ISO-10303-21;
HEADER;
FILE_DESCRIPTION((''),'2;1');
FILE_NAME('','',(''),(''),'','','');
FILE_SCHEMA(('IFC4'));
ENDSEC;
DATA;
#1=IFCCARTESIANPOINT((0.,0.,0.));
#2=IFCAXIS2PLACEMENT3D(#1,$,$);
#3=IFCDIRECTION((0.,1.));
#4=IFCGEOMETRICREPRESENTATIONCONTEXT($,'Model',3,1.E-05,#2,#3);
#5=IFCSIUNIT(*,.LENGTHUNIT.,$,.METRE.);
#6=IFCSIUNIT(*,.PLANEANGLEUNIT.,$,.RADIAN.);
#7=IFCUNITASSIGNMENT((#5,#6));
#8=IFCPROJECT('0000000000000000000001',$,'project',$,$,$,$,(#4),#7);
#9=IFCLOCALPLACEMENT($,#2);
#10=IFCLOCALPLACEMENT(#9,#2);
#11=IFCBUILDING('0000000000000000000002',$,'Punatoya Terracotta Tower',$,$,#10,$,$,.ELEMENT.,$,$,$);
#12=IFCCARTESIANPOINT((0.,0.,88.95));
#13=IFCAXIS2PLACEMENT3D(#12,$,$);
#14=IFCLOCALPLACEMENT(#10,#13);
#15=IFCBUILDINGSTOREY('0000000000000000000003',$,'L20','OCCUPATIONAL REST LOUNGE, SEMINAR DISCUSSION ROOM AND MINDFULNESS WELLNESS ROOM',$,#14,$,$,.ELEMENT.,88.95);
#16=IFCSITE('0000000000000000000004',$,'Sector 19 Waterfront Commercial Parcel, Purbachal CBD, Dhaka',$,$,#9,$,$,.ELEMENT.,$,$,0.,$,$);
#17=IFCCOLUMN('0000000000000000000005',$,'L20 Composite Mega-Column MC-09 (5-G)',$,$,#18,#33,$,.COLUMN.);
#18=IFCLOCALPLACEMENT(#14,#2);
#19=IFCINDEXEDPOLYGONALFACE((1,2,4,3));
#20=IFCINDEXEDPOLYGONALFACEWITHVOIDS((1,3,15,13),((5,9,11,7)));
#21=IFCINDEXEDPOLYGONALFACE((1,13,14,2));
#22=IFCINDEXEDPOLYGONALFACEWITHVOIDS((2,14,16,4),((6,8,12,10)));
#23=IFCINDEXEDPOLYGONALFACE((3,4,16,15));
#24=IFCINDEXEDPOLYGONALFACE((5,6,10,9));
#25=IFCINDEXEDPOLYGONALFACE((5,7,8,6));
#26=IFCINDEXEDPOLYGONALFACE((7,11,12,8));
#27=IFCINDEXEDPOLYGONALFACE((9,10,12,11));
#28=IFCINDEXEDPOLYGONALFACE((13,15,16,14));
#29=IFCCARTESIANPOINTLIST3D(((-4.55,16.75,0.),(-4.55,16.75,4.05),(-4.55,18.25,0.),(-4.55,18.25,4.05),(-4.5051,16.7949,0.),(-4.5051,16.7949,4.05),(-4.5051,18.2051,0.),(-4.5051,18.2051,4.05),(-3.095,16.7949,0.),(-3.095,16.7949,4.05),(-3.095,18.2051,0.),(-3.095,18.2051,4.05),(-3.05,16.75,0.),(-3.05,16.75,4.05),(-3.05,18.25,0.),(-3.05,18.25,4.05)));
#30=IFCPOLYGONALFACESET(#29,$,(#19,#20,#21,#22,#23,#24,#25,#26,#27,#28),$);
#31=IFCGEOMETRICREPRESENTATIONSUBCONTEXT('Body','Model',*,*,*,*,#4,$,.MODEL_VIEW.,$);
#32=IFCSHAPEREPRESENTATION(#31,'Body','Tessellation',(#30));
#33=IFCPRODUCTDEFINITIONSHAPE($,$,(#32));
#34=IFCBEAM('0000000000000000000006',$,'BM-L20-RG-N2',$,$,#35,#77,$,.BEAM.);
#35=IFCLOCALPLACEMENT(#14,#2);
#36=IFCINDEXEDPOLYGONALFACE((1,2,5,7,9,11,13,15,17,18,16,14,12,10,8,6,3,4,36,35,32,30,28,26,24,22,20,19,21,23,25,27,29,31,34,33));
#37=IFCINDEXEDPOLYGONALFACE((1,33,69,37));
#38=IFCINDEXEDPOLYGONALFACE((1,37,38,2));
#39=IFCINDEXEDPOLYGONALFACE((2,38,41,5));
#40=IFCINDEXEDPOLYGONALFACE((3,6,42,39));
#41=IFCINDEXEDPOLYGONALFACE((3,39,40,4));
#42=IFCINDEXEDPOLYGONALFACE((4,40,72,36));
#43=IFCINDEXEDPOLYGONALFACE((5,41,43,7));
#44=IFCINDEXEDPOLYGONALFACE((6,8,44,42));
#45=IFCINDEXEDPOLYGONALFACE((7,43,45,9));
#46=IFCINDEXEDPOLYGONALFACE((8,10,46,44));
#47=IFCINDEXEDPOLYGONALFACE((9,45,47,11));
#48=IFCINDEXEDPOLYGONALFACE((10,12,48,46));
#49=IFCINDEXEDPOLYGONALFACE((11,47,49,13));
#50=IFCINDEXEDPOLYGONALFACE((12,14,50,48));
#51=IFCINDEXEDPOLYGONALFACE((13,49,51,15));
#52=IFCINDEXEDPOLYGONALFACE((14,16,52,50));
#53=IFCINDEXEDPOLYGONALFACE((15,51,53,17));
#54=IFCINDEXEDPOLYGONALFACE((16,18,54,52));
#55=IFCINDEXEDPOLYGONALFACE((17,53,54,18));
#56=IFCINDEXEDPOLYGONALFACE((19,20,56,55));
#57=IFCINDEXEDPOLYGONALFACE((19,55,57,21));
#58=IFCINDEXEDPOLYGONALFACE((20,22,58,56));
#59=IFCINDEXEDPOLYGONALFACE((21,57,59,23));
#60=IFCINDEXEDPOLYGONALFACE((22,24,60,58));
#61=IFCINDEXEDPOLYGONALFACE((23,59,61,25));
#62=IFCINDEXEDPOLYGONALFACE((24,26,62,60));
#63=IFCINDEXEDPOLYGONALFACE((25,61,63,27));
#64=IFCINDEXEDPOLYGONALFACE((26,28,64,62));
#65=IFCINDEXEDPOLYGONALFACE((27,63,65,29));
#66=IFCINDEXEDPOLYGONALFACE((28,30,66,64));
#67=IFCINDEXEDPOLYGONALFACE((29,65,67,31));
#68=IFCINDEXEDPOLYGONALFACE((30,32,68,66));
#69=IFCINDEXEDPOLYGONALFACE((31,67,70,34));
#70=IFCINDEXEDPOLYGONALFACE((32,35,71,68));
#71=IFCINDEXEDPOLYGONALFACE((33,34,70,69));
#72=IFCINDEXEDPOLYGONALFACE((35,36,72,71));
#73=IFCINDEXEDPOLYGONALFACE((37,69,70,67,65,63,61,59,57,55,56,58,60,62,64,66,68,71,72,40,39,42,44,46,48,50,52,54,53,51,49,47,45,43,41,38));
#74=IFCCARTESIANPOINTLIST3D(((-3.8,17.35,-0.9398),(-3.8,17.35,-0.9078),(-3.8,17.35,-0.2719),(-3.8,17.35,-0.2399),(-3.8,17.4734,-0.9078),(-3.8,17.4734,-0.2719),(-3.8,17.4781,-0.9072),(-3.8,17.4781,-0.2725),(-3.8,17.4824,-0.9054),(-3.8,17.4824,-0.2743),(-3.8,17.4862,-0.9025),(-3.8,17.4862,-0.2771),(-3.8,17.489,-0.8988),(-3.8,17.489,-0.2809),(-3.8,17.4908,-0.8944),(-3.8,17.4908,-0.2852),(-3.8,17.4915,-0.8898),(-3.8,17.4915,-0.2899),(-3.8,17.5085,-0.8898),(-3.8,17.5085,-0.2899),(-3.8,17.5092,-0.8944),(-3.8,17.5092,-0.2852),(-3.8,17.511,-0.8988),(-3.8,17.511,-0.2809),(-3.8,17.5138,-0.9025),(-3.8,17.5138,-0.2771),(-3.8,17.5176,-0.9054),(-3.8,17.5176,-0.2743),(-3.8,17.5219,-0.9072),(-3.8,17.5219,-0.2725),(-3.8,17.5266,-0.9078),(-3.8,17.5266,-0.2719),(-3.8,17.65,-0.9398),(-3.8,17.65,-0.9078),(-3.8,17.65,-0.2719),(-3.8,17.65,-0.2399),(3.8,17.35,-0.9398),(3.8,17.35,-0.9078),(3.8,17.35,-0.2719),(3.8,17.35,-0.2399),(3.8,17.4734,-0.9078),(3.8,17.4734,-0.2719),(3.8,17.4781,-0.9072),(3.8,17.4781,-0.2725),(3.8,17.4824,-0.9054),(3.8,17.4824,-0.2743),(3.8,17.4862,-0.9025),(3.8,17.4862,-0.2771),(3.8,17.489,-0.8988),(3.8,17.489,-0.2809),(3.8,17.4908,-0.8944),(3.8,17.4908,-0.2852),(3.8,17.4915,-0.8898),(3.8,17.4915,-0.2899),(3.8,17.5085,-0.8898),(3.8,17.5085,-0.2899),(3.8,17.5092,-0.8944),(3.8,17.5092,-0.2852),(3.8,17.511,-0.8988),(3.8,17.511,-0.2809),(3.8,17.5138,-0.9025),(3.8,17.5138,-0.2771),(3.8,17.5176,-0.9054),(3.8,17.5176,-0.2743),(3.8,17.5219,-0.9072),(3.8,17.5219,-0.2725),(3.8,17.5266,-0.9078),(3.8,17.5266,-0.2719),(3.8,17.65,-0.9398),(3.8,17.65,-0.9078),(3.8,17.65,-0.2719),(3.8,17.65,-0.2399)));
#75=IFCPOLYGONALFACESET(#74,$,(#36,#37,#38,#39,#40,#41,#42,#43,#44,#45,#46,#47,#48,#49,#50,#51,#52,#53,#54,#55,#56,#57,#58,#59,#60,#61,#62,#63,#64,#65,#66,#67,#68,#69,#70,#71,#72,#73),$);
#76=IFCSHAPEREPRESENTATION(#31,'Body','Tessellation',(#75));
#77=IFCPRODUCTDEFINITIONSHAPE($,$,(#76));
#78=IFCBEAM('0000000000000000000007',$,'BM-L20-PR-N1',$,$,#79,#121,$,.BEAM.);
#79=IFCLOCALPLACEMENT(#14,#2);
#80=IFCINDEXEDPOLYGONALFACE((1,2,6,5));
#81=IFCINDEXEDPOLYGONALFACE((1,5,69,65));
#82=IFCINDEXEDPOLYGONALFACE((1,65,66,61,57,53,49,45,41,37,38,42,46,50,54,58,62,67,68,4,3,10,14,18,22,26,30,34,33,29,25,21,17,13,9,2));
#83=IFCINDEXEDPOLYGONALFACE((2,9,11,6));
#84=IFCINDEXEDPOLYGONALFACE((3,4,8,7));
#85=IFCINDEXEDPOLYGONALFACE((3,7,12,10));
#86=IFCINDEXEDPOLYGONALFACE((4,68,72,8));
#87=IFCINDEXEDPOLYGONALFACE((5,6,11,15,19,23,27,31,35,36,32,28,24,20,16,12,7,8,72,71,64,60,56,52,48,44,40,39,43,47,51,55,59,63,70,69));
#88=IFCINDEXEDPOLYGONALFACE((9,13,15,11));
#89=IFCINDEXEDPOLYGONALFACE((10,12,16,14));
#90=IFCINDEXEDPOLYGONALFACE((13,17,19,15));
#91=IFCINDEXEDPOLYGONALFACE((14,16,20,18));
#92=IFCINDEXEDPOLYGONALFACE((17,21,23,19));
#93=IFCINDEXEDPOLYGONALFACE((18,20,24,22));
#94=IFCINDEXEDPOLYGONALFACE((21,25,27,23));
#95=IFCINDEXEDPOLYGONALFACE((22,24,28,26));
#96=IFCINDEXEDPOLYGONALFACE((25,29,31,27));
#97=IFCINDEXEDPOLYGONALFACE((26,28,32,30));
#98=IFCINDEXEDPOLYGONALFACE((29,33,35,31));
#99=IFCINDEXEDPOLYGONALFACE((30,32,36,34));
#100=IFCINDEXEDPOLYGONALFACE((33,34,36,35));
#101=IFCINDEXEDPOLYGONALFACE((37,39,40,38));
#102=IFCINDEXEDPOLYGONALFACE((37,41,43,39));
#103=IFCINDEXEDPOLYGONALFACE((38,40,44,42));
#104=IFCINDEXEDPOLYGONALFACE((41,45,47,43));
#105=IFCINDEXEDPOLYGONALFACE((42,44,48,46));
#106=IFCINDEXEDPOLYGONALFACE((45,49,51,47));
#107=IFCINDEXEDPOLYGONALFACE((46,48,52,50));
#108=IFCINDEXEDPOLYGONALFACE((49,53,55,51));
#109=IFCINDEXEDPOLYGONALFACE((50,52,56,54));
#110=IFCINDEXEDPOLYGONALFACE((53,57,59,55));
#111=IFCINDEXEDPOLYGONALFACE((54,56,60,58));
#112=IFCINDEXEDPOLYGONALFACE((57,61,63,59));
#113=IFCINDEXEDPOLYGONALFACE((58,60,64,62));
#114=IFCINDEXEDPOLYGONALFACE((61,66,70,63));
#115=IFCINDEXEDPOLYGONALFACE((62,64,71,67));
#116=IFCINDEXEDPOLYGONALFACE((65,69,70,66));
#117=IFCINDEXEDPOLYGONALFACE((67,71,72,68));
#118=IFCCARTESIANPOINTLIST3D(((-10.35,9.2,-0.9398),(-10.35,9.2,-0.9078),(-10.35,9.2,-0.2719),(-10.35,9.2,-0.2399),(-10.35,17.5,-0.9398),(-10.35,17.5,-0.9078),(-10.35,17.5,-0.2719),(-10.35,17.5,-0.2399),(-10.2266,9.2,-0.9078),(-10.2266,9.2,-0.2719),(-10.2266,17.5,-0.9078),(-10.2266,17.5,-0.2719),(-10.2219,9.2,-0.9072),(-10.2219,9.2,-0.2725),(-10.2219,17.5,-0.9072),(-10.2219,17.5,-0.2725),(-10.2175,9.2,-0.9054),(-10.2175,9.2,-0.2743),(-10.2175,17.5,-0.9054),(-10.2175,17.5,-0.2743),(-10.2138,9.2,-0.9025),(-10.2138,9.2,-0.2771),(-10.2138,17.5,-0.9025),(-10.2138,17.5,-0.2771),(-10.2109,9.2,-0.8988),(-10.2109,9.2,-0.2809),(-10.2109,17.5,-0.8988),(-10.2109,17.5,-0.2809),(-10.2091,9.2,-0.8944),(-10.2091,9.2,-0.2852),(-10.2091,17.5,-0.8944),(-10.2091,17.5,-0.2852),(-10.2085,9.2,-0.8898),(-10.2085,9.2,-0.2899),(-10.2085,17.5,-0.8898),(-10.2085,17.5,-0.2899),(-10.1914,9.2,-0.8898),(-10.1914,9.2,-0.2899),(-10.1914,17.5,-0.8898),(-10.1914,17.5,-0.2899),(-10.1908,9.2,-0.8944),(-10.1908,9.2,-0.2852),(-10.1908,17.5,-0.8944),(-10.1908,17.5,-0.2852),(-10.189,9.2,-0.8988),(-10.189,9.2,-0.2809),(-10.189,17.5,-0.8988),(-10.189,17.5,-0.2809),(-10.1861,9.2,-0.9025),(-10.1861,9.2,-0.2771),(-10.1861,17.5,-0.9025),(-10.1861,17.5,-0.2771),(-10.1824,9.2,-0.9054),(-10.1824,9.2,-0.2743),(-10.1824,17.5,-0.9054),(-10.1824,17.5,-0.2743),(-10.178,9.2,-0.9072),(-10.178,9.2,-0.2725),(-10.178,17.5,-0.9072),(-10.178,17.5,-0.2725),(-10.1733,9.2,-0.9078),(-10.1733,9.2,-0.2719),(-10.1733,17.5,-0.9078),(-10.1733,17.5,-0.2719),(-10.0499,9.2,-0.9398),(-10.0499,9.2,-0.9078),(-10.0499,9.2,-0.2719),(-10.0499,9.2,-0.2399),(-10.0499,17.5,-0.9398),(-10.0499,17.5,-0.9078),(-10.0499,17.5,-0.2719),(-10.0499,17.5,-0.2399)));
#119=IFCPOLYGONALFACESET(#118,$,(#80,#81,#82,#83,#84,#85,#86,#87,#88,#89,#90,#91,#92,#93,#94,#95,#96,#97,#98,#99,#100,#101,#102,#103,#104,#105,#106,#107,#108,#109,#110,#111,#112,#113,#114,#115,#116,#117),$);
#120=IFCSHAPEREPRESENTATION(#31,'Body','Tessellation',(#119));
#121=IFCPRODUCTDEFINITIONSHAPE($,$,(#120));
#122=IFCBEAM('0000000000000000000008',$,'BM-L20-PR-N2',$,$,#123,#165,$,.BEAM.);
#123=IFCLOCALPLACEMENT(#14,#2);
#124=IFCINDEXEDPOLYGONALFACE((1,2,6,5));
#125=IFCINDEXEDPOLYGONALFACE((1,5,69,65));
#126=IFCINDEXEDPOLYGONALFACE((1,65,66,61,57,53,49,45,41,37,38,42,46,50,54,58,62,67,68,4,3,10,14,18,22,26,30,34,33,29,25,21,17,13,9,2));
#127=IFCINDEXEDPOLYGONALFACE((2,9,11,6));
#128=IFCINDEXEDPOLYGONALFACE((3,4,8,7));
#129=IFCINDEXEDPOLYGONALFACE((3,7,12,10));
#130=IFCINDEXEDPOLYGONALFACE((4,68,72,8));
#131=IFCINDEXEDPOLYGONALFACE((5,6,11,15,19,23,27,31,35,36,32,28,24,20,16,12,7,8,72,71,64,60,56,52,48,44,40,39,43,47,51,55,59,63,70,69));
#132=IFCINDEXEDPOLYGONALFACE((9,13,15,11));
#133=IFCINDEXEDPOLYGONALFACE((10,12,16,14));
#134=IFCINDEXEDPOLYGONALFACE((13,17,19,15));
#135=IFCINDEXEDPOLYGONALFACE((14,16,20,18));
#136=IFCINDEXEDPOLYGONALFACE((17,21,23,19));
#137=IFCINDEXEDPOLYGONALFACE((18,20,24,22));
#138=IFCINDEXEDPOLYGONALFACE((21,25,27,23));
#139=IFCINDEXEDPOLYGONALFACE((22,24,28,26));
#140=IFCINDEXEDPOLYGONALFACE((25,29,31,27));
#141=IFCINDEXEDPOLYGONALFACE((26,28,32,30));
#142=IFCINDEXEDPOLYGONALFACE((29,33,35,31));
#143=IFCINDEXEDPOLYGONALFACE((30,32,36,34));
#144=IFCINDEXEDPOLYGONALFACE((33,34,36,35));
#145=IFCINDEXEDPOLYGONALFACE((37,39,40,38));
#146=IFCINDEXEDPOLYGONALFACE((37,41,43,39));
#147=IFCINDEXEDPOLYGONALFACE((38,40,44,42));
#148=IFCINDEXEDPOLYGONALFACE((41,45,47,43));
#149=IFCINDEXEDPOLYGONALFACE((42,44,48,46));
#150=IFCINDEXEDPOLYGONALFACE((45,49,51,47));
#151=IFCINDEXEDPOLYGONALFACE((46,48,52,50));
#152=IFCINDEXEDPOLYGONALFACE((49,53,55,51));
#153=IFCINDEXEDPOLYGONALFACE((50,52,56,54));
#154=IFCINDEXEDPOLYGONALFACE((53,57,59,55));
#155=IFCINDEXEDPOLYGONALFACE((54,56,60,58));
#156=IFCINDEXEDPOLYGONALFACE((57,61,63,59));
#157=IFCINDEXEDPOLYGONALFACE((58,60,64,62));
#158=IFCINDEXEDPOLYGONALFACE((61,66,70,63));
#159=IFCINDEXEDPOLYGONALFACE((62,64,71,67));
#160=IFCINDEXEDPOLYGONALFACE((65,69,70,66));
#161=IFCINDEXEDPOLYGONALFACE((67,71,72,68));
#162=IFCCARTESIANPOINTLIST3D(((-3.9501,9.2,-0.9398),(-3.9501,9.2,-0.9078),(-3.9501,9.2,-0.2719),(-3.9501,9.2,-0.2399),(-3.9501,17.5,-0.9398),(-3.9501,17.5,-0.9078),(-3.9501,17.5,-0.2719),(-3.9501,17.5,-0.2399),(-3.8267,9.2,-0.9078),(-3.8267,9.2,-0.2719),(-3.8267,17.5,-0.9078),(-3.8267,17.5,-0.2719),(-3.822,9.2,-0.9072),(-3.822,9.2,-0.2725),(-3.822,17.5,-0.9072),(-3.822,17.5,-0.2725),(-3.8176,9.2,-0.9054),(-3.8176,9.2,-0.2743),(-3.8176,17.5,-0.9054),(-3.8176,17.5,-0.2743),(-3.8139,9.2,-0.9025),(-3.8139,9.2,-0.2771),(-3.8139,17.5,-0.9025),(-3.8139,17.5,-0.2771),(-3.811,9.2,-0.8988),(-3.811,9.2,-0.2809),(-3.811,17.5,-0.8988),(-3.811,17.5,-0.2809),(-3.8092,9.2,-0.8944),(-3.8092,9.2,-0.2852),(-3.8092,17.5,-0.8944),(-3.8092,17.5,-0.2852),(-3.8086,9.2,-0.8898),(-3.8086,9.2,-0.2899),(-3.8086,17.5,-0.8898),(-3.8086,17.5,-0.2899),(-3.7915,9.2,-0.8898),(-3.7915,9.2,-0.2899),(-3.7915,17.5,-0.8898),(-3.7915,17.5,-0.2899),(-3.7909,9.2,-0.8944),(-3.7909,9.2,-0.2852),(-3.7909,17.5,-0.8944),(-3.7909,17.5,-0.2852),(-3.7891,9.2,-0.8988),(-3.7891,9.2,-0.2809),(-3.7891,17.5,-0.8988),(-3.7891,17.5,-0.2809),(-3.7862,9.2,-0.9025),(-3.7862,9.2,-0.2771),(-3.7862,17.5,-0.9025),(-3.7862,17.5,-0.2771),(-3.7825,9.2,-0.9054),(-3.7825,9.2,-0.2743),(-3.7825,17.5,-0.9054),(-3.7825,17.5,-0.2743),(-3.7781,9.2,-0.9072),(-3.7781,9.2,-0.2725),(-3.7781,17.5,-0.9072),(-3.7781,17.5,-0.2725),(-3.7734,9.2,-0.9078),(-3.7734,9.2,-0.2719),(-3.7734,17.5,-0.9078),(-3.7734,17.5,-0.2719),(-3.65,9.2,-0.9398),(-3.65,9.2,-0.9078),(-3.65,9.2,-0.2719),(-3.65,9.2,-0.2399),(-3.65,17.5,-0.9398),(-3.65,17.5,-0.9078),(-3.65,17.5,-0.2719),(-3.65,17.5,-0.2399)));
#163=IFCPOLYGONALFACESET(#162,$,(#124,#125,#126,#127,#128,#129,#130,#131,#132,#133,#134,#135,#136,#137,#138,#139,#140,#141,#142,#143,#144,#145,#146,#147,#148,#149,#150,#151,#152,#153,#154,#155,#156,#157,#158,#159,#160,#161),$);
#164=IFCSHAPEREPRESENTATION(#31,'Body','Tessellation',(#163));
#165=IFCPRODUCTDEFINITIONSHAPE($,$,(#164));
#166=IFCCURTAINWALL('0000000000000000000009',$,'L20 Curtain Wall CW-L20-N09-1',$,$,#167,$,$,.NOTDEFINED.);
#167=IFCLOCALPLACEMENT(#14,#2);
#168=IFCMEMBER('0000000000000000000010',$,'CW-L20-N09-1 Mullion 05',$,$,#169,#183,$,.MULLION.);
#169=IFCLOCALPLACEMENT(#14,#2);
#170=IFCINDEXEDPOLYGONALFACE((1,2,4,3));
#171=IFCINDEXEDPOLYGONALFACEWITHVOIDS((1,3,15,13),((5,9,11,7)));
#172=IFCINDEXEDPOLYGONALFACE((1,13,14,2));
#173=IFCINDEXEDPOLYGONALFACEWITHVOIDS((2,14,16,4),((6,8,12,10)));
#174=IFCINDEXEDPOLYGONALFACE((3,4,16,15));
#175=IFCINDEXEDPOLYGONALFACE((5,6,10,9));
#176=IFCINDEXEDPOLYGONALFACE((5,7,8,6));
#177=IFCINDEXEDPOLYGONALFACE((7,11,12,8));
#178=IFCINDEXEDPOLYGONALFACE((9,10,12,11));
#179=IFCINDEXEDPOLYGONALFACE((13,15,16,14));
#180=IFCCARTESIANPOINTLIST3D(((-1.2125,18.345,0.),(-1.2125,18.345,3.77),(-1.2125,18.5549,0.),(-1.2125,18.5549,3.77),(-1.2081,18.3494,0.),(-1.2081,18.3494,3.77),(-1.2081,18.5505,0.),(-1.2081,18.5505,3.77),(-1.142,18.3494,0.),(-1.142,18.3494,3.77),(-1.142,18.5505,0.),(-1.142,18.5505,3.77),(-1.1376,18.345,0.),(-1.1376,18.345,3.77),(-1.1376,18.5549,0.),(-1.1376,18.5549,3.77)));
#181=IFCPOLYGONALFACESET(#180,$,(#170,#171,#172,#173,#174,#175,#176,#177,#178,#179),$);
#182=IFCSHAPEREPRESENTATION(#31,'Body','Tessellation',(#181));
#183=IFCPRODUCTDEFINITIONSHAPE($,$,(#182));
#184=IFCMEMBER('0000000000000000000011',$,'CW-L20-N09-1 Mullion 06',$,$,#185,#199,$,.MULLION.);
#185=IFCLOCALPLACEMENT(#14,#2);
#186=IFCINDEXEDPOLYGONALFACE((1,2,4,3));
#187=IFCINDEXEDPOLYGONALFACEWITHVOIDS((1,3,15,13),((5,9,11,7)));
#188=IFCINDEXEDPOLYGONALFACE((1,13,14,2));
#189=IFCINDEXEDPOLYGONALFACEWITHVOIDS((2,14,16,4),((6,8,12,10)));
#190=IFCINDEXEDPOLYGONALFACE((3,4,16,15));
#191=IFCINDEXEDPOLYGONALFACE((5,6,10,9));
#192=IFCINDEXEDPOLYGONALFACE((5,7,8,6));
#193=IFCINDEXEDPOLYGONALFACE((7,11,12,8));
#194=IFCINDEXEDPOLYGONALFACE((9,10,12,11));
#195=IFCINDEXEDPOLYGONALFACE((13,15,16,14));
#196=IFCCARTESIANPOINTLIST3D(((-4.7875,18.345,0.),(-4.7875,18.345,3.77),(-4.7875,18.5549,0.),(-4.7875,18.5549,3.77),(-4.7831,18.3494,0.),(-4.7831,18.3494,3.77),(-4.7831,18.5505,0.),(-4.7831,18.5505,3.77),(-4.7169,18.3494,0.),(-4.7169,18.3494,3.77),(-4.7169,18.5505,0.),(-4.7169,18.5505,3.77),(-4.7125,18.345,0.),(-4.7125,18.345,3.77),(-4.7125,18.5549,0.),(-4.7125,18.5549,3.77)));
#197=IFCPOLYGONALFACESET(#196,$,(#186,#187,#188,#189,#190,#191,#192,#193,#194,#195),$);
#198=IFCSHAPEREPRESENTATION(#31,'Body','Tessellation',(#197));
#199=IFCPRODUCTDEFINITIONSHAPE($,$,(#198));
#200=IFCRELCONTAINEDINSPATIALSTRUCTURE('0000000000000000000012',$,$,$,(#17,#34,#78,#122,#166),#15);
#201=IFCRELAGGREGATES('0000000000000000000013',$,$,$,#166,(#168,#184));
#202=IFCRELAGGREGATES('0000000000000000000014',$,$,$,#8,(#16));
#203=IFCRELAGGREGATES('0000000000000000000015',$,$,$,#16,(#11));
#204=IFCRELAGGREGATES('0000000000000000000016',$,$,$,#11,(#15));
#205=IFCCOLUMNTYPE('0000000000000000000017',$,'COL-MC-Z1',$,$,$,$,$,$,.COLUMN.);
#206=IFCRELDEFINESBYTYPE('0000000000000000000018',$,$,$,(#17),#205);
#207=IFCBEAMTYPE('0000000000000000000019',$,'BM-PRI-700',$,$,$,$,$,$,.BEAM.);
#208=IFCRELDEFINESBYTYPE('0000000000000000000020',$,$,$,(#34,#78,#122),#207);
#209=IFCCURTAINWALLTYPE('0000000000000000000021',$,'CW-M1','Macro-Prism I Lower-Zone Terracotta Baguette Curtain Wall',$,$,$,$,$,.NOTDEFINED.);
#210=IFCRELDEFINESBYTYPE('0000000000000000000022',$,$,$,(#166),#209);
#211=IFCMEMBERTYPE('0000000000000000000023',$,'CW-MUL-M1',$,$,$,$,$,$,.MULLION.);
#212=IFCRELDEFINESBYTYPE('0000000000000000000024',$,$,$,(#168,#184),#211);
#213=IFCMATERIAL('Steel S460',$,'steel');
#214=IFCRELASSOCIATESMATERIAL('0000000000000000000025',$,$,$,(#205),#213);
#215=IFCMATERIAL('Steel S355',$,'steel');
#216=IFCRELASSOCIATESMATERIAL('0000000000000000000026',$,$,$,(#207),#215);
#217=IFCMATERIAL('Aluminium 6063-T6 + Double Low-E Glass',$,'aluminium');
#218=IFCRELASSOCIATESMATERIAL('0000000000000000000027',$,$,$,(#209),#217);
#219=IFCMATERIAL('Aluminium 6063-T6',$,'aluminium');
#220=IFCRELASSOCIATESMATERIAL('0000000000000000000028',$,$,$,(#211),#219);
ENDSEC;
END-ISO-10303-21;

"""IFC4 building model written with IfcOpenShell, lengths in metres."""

from ifc_helpers import new_model, si_unit, direction, frame, origin, origin_2d, place, context, subcontext, project, spatial, hollow_rectangle, i_section, extrude, material, material_profile, profile_set, type_object, element, aggregate, save


model = new_model("IFC4")

# Units and contexts
model_context = context("Model", 3, precision=1e-05, world=origin(), true_north=direction((0.0, 1.0)))
body_context = subcontext(model_context, "Body", "Model", "MODEL_VIEW")
ifc_project = project(units=[si_unit("LENGTHUNIT", "METRE"), si_unit("PLANEANGLEUNIT", "RADIAN")], contexts=[model_context])

# Site, building, storey
site_placement = place(None, origin())
site = spatial("IfcSite", under=ifc_project, at=site_placement, Name="Sector 19 Waterfront Commercial Parcel, Purbachal CBD, Dhaka", CompositionType="ELEMENT", RefElevation=0.0)
building_placement = place(site_placement, origin())
building = spatial("IfcBuilding", under=site, at=building_placement, Name="Punatoya Terracotta Tower", CompositionType="ELEMENT")
storey_placement = place(building_placement, frame((0.0, 0.0, 88.95)))
storey = spatial("IfcBuildingStorey", under=building, at=storey_placement, Name="L20", Description="OCCUPATIONAL REST LOUNGE, SEMINAR DISCUSSION ROOM AND MINDFULNESS WELLNESS ROOM", CompositionType="ELEMENT", Elevation=88.95)

# Column
ifc_material_1 = material(Name="Steel S460", Category="steel")
ifc_material_profile_1 = material_profile(ifc_material_1, hollow_rectangle(XDim=1.5, YDim=1.5, WallThickness=0.0449, at=origin_2d()))
ifc_profile_set_1 = profile_set([ifc_material_profile_1], Name="Steel S460")
column_type = type_object("IfcColumnType", Name="COL-MC-Z1", PredefinedType="COLUMN", material=ifc_profile_set_1)
column_placement = place(storey_placement, frame((-3.8, 17.5, 0.0), z_axis=(0.0, 0.0, 1.0), x_axis=(1.0, 0.0, 0.0)))
element("IfcColumn", 1, at=column_placement, inside=storey, type_object=column_type, Name="L20 Composite Mega-Column MC-09 (5-G)", PredefinedType="COLUMN", context=body_context, shape_type="SweptSolid", body=[
    extrude(hollow_rectangle(XDim=1.5, YDim=1.5, WallThickness=0.0449, at=origin_2d()), origin(), (0.0, 0.0, 1.0), 4.05),
])

# Beams
ifc_material_2 = material(Name="Steel S355", Category="steel")
ifc_material_profile_2 = material_profile(ifc_material_2, i_section(OverallWidth=0.3, OverallDepth=0.7, WebThickness=0.0171, FlangeThickness=0.032, FilletRadius=0.0181, at=origin_2d()))
ifc_profile_set_2 = profile_set([ifc_material_profile_2], Name="Steel S355")
beam_type = type_object("IfcBeamType", Name="BM-PRI-700", PredefinedType="BEAM", material=ifc_profile_set_2)
beam_placement = place(storey_placement, frame((-3.8, 17.5, -0.5898), z_axis=(1.0, 0.0, 0.0), x_axis=(0.0, 1.0, 0.0)))
element("IfcBeam", 2, at=beam_placement, inside=storey, type_object=beam_type, Name="BM-L20-RG-N2", PredefinedType="BEAM", context=body_context, shape_type="SweptSolid", body=[
    extrude(i_section(OverallWidth=0.3, OverallDepth=0.7, WebThickness=0.0171, FlangeThickness=0.032, FilletRadius=0.0181, at=origin_2d()), origin(), (0.0, 0.0, 1.0), 7.6001),
])
for number, where, z_axis, x_axis, name in (
    (3, (-10.2, 9.2, -0.5898), (0.0, 1.0, 0.0), (-1.0, 0.0, 0.0), "BM-L20-PR-N1"),
    (4, (-3.8, 9.2, -0.5898), (0.0, 1.0, 0.0), (-1.0, 0.0, 0.0), "BM-L20-PR-N2"),
):
    element("IfcBeam", number, at=place(storey_placement, frame(where, z_axis=z_axis, x_axis=x_axis)), inside=storey, type_object=beam_type, Name=name, PredefinedType="BEAM", context=body_context, shape_type="SweptSolid", body=[
        extrude(i_section(OverallWidth=0.3, OverallDepth=0.7, WebThickness=0.0171, FlangeThickness=0.032, FilletRadius=0.0181, at=origin_2d()), origin(), (0.0, 0.0, 1.0), 8.3),
    ])

# Curtain wall, members
ifc_material_3 = material(Name="Aluminium 6063-T6 + Double Low-E Glass", Category="aluminium")
curtain_wall_type = type_object("IfcCurtainWallType", Name="CW-M1", Description="Macro-Prism I Lower-Zone Terracotta Baguette Curtain Wall", PredefinedType="NOTDEFINED", material=ifc_material_3)
curtain_wall_placement = place(storey_placement, origin())
curtain_wall = element("IfcCurtainWall", 5, at=curtain_wall_placement, inside=storey, type_object=curtain_wall_type, Name="L20 Curtain Wall CW-L20-N09-1", PredefinedType="NOTDEFINED")
ifc_material_4 = material(Name="Aluminium 6063-T6", Category="aluminium")
ifc_material_profile_3 = material_profile(ifc_material_4, hollow_rectangle(XDim=0.075, YDim=0.21, WallThickness=0.0044, at=origin_2d()))
ifc_profile_set_3 = profile_set([ifc_material_profile_3], Name="Aluminium 6063-T6")
member_type = type_object("IfcMemberType", Name="CW-MUL-M1", PredefinedType="MULLION", material=ifc_profile_set_3)
member_1_placement = place(storey_placement, frame((-1.175, 18.45, 0.0), z_axis=(0.0, 0.0, 1.0), x_axis=(1.0, 0.0, 0.0)))
member_1 = element("IfcMember", 6, at=member_1_placement, type_object=member_type, Name="CW-L20-N09-1 Mullion 05", PredefinedType="MULLION", context=body_context, shape_type="SweptSolid", body=[
    extrude(hollow_rectangle(XDim=0.075, YDim=0.21, WallThickness=0.0044, at=origin_2d()), origin(), (0.0, 0.0, 1.0), 3.77),
])
member_2_placement = place(storey_placement, frame((-4.75, 18.45, 0.0), z_axis=(0.0, 0.0, 1.0), x_axis=(1.0, 0.0, 0.0)))
member_2 = element("IfcMember", 7, at=member_2_placement, type_object=member_type, Name="CW-L20-N09-1 Mullion 06", PredefinedType="MULLION", context=body_context, shape_type="SweptSolid", body=[
    extrude(hollow_rectangle(XDim=0.075, YDim=0.21, WallThickness=0.0044, at=origin_2d()), origin(), (0.0, 0.0, 1.0), 3.77),
])
aggregate(curtain_wall, [member_1, member_2])

save(model, "model.ifc")
